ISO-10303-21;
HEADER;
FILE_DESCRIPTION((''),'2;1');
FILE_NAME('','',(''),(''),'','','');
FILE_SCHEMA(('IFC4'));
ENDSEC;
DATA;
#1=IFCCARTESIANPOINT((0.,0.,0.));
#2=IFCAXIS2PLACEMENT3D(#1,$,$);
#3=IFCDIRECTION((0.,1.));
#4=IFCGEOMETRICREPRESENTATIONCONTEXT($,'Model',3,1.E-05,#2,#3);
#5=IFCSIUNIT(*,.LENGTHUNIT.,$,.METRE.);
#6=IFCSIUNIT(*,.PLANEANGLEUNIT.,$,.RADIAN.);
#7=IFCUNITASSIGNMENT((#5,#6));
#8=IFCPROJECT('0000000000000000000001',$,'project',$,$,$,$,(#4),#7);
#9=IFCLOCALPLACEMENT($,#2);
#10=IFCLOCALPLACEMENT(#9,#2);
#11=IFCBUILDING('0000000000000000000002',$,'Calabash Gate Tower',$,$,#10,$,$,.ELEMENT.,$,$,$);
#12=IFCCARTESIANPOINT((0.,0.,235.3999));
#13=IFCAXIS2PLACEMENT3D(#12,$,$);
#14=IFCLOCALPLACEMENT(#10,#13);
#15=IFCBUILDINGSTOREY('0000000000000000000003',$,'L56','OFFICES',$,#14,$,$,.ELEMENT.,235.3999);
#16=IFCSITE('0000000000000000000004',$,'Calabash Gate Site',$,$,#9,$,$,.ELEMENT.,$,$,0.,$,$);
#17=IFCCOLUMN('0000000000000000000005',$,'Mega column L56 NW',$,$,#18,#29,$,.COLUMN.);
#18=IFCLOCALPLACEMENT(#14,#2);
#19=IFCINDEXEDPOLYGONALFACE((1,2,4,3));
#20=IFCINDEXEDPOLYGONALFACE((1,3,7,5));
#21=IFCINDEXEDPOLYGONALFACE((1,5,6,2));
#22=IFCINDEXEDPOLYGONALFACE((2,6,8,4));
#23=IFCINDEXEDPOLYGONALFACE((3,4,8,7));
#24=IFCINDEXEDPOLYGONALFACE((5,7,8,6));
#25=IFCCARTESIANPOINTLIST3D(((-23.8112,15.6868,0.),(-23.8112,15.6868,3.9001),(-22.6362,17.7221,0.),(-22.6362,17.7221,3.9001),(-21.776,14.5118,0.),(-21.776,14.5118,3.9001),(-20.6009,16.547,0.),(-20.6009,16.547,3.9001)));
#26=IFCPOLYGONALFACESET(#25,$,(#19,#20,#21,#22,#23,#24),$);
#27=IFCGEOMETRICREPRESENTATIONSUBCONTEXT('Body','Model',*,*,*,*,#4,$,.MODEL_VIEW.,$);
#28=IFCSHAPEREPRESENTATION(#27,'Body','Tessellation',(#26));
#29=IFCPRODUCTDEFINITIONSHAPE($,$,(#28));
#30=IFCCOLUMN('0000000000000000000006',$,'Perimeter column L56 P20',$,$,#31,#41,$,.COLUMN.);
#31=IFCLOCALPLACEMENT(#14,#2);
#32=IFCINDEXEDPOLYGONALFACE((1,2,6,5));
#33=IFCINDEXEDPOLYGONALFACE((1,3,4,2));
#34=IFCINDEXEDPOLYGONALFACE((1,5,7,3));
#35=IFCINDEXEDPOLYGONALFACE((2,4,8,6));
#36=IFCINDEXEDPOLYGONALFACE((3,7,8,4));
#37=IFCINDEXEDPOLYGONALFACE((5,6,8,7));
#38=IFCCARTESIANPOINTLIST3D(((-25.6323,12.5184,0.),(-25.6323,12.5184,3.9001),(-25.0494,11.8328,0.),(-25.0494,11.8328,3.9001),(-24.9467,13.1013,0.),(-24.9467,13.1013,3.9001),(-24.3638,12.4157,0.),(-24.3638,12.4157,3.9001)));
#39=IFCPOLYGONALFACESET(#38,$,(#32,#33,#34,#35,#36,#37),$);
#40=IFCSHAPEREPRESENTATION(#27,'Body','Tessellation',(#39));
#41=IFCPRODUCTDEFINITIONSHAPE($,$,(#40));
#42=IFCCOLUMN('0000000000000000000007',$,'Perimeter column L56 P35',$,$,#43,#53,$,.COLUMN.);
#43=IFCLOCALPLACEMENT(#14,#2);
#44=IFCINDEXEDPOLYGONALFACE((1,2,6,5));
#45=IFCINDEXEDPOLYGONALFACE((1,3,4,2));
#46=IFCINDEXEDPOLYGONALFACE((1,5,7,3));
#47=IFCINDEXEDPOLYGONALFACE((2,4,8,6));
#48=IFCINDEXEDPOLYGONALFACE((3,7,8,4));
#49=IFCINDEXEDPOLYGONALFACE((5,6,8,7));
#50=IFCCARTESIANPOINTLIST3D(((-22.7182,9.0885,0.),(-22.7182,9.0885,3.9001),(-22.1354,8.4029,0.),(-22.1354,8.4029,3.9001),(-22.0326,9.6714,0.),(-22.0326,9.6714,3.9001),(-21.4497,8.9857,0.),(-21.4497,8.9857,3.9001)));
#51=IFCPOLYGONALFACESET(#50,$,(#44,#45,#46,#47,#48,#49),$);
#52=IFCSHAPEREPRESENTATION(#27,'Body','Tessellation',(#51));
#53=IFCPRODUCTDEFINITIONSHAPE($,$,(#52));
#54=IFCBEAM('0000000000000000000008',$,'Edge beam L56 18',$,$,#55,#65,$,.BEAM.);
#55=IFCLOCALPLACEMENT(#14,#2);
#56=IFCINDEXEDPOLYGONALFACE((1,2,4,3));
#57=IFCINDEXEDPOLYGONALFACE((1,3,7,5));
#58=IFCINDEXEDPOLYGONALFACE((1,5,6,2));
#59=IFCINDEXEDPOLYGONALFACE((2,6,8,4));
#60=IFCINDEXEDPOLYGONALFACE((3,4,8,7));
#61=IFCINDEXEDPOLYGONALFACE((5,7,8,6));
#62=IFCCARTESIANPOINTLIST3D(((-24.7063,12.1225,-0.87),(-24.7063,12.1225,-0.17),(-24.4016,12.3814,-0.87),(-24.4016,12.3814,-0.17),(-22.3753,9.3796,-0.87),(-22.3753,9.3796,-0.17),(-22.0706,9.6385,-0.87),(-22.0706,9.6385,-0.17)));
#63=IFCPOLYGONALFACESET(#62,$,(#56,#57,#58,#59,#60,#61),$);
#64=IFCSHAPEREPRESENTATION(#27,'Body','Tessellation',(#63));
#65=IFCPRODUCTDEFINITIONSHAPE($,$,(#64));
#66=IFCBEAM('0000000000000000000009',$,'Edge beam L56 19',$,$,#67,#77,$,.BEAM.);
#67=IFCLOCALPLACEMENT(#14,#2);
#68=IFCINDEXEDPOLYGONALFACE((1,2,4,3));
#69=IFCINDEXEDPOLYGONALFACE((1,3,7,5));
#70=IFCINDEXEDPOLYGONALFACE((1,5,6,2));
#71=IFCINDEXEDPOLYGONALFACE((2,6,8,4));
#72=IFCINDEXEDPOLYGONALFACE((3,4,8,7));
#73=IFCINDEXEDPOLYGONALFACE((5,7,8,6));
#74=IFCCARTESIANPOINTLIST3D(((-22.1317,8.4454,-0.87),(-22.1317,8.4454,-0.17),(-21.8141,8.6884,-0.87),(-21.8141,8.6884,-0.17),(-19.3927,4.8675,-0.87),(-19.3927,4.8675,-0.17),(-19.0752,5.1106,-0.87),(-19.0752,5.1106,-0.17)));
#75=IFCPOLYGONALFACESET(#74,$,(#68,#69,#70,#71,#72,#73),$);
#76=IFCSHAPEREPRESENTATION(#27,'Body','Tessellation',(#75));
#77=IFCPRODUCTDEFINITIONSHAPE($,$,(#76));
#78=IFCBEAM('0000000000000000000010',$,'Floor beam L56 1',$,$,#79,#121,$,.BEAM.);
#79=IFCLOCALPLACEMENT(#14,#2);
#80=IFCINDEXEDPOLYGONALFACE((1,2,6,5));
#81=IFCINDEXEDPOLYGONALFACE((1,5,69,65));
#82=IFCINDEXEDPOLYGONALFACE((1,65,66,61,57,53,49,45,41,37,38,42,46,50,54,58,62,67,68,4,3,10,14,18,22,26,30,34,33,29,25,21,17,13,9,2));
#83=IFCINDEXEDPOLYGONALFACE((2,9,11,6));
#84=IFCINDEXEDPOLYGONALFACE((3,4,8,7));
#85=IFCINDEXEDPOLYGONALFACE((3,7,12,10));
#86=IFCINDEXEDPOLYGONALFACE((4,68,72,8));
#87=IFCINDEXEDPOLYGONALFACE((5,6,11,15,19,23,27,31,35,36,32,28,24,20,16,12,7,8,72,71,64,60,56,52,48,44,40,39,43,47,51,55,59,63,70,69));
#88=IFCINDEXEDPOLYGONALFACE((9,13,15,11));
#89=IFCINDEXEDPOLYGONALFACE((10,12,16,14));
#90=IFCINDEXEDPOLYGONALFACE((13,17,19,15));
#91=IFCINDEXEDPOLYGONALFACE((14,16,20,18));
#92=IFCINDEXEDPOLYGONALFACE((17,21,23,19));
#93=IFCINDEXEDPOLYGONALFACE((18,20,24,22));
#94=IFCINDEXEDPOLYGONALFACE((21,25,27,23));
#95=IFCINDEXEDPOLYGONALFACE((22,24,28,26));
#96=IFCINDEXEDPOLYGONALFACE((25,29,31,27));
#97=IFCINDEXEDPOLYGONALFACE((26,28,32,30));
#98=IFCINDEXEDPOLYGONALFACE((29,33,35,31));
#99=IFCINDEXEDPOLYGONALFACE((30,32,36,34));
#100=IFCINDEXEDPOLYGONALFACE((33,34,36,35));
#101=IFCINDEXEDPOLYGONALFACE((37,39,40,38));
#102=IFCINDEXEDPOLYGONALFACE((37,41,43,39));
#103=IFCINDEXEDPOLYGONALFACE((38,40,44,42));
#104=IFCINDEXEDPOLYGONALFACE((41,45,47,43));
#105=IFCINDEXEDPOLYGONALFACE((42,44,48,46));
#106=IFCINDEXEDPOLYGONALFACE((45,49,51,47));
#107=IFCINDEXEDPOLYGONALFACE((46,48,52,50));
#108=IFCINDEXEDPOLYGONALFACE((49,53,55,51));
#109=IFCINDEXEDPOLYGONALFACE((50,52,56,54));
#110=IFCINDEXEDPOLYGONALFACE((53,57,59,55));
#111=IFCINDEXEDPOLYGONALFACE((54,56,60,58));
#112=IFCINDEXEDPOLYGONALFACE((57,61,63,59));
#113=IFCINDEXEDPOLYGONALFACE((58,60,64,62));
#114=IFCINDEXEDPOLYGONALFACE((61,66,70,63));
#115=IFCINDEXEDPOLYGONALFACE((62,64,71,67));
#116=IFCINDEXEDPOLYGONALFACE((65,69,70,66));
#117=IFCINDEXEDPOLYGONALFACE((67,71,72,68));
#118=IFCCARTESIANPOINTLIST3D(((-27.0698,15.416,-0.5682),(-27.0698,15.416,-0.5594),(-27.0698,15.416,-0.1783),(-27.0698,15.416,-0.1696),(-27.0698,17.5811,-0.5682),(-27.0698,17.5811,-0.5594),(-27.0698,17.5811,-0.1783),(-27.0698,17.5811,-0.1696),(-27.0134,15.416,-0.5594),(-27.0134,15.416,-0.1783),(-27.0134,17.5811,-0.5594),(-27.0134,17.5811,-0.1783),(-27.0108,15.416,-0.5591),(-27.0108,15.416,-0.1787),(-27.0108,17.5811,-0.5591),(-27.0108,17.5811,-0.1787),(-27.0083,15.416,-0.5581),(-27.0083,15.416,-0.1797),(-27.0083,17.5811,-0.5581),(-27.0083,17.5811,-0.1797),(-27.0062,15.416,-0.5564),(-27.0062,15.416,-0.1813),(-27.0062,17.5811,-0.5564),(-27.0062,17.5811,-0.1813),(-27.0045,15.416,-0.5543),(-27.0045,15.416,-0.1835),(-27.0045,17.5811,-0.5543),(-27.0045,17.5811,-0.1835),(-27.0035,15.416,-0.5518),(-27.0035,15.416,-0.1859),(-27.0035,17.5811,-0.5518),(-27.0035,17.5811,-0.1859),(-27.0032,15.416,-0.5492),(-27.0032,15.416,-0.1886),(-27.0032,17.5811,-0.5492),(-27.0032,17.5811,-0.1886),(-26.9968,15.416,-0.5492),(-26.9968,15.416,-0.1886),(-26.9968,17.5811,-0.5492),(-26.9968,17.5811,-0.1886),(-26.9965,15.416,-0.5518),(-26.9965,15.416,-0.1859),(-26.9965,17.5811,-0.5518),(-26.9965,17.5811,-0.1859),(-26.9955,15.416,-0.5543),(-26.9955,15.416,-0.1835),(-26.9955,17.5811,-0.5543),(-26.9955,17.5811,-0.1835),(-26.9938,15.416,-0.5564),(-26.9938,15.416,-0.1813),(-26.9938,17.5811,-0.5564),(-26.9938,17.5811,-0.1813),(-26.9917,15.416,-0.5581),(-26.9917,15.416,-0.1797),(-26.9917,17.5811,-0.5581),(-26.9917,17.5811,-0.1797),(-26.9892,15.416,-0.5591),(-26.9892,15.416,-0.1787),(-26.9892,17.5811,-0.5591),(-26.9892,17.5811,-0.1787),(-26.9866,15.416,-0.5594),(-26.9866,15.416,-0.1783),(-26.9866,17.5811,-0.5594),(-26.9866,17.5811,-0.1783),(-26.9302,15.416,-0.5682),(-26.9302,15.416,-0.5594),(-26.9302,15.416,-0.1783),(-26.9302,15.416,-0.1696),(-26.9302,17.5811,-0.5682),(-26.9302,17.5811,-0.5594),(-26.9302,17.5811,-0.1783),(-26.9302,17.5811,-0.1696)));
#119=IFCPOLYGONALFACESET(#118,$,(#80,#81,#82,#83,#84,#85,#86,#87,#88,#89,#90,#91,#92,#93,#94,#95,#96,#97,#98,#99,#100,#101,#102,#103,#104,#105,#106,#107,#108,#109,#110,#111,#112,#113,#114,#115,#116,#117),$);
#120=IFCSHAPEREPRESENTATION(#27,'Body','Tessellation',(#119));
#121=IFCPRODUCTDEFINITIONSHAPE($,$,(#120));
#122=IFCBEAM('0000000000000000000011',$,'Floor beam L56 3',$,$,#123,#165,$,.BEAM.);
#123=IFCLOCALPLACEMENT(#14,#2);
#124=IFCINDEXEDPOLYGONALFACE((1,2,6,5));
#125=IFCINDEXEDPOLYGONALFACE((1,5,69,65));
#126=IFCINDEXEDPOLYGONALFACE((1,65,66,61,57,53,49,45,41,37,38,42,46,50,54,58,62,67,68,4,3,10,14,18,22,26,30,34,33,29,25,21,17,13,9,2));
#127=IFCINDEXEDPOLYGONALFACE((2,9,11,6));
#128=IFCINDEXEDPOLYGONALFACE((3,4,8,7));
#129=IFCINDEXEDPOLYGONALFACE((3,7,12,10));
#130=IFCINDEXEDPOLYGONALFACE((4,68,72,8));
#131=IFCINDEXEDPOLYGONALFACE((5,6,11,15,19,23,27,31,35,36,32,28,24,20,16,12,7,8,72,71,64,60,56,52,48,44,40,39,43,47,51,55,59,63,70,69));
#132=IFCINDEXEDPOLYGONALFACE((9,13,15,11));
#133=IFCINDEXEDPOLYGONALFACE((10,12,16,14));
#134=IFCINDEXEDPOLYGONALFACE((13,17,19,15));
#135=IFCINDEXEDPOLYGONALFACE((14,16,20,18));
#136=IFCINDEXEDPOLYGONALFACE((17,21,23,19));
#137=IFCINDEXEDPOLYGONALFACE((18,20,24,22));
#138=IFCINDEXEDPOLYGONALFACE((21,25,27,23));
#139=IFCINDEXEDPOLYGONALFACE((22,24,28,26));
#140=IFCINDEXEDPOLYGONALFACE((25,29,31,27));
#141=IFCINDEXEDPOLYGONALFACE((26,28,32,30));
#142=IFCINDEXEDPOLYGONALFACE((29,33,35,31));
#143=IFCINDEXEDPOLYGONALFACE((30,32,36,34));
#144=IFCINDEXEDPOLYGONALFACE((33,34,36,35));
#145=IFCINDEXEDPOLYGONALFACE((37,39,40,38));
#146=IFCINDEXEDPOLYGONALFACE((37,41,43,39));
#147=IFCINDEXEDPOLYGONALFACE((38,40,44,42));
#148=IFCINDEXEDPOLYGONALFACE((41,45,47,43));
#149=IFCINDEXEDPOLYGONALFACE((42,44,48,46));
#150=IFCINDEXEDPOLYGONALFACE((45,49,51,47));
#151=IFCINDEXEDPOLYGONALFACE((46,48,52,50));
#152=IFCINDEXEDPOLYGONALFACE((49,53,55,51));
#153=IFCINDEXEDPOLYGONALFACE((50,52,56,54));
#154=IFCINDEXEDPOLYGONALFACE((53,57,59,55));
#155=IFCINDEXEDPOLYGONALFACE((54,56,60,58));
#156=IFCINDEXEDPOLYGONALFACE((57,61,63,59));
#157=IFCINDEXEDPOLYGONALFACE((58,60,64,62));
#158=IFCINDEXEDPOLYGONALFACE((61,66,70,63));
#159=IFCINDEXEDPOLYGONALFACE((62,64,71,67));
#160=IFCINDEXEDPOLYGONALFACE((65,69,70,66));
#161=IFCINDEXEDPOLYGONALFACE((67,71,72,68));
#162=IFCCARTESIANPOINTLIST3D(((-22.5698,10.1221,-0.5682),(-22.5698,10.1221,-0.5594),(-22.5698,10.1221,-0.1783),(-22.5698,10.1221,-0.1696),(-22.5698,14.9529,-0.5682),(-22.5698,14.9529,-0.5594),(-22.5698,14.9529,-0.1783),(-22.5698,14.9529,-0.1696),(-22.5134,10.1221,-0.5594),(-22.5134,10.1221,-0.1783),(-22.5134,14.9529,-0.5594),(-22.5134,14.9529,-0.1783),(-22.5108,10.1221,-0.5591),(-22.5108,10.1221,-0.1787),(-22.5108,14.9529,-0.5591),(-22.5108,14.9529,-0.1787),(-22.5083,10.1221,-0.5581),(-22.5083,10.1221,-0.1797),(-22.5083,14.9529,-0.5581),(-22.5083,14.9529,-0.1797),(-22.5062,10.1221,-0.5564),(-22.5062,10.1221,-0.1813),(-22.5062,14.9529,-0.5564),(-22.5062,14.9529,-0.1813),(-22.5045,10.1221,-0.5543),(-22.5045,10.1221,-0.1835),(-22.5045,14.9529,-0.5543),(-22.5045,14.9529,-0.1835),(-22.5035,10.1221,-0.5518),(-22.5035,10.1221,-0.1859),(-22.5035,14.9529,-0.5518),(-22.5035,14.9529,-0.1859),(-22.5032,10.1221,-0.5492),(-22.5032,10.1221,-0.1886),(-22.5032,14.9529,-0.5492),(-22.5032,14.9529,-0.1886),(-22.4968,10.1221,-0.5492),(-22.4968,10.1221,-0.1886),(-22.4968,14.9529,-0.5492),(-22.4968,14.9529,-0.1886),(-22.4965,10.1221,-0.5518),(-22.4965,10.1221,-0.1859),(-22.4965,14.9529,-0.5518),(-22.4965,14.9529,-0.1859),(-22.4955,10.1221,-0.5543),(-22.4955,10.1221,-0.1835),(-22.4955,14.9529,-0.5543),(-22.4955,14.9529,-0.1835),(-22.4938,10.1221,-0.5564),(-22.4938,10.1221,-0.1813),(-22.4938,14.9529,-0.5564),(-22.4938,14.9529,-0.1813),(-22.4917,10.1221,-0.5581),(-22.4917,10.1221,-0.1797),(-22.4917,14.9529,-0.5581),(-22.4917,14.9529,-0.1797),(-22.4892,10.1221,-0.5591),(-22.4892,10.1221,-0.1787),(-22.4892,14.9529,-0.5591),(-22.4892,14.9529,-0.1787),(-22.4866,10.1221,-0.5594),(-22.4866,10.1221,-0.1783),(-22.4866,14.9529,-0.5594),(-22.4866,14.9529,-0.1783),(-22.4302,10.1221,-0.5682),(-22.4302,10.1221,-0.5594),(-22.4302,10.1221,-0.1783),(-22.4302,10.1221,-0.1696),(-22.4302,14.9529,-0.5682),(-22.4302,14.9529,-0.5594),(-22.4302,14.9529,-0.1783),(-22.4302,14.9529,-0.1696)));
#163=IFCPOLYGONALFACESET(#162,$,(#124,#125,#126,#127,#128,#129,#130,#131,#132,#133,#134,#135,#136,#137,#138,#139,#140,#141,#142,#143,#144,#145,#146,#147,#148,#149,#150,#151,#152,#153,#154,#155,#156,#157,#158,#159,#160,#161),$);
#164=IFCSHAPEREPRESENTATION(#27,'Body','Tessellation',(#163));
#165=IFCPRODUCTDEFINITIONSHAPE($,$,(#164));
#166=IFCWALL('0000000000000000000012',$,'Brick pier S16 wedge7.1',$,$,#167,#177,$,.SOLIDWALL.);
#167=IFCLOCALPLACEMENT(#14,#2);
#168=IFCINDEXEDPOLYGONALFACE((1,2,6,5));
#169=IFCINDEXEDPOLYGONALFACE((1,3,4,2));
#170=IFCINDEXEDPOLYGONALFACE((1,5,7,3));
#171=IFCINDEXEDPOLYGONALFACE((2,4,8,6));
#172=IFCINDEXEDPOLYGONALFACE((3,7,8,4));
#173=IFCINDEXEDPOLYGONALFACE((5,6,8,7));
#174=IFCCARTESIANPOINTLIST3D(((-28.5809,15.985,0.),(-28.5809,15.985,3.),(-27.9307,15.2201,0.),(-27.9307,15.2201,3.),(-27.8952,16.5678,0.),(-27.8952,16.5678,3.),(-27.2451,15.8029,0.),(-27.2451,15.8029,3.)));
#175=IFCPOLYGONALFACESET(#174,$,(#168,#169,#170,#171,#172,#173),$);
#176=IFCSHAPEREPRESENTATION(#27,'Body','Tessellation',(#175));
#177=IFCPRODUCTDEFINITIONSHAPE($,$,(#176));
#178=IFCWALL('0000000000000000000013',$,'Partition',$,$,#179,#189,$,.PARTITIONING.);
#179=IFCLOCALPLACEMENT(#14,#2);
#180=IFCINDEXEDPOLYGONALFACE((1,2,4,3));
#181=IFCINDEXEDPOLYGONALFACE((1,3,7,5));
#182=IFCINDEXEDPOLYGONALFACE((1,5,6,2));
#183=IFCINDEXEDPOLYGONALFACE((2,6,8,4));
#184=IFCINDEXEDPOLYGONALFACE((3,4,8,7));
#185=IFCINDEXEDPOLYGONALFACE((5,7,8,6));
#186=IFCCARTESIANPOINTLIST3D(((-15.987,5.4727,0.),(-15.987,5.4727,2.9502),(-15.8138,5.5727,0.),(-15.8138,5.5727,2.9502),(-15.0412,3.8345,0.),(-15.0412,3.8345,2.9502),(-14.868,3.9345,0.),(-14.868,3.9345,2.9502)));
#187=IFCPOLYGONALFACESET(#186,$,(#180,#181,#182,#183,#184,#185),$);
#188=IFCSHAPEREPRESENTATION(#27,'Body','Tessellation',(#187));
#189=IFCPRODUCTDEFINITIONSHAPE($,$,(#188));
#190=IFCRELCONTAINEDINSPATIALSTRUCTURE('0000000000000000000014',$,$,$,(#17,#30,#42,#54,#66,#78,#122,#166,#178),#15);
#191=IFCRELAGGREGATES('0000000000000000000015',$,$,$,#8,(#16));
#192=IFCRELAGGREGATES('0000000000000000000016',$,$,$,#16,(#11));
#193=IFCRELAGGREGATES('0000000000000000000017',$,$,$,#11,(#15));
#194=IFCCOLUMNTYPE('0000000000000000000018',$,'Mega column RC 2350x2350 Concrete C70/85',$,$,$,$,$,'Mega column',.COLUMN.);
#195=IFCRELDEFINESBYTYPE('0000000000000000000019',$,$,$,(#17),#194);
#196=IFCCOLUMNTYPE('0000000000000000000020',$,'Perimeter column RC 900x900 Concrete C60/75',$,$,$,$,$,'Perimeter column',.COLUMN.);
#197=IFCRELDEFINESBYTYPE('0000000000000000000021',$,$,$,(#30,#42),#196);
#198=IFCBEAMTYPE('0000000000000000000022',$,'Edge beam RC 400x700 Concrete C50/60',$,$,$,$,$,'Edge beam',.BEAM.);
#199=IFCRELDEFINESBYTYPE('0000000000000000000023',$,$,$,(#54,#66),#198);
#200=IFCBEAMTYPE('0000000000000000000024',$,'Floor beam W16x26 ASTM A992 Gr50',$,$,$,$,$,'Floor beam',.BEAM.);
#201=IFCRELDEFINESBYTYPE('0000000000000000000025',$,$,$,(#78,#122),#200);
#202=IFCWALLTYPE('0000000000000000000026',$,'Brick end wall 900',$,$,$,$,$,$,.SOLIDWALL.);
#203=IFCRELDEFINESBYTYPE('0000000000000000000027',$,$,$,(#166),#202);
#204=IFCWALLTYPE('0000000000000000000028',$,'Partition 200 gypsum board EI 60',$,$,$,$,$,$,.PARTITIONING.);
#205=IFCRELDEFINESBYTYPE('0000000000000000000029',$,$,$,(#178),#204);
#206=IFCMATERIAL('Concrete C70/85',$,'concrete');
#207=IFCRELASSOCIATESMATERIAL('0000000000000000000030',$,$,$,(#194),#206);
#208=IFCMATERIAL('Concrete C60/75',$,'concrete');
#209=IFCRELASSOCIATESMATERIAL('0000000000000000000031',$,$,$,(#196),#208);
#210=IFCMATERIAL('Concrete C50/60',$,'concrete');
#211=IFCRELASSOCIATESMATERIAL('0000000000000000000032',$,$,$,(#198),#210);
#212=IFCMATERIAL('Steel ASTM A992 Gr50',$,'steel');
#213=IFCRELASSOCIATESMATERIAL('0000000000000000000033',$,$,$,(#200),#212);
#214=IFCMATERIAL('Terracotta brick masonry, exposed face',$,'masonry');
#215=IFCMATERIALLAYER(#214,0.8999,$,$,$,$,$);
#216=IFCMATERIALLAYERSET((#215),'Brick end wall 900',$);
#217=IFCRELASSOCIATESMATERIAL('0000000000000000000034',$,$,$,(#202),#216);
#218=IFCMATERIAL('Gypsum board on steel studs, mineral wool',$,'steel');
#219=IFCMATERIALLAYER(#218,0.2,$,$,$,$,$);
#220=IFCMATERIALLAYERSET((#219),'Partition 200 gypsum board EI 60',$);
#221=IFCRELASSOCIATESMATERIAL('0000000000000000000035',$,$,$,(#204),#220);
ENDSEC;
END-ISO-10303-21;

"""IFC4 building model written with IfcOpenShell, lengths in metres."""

from ifc_helpers import new_model, si_unit, direction, frame, frame_2d, origin, origin_2d, place, context, subcontext, project, spatial, rectangle, i_section, extrude, material, layer, layer_set, material_profile, profile_set, type_object, element, save


model = new_model("IFC4")

# Units and contexts
model_context = context("Model", 3, precision=1e-05, world=origin(), true_north=direction((0.0, 1.0)))
body_context = subcontext(model_context, "Body", "Model", "MODEL_VIEW")
ifc_project = project(units=[si_unit("LENGTHUNIT", "METRE"), si_unit("PLANEANGLEUNIT", "RADIAN")], contexts=[model_context])

# Site, building, storey
site_placement = place(None, origin())
site = spatial("IfcSite", under=ifc_project, at=site_placement, Name="Calabash Gate Site", CompositionType="ELEMENT", RefElevation=0.0)
building_placement = place(site_placement, origin())
building = spatial("IfcBuilding", under=site, at=building_placement, Name="Calabash Gate Tower", CompositionType="ELEMENT")
storey_placement = place(building_placement, frame((0.0, 0.0, 235.3999)))
storey = spatial("IfcBuildingStorey", under=building, at=storey_placement, Name="L56", Description="OFFICES", CompositionType="ELEMENT", Elevation=235.3999)

# Columns
ifc_material_1 = material(Name="Concrete C70/85", Category="concrete")
ifc_material_profile_1 = material_profile(ifc_material_1, rectangle(XDim=2.3501, YDim=2.3501, at=origin_2d()))
ifc_profile_set_1 = profile_set([ifc_material_profile_1], Name="Concrete C70/85")
column_type_1 = type_object("IfcColumnType", Name="Mega column RC 2350x2350 Concrete C70/85", ElementType="Mega column", PredefinedType="COLUMN", material=ifc_profile_set_1)
column_placement = place(storey_placement, frame((-22.2061, 16.1169, 0.0), z_axis=(0.0, 0.0, 1.0), x_axis=(0.866025, -0.5, 0.0)))
element("IfcColumn", 1, at=column_placement, inside=storey, type_object=column_type_1, Name="Mega column L56 NW", PredefinedType="COLUMN", context=body_context, shape_type="SweptSolid", body=[
    extrude(rectangle(XDim=2.3501, YDim=2.3501, at=origin_2d()), origin(), (0.0, 0.0, 1.0), 3.9001),
])
ifc_material_2 = material(Name="Concrete C60/75", Category="concrete")
ifc_material_profile_2 = material_profile(ifc_material_2, rectangle(XDim=0.8999, YDim=0.8999, at=origin_2d()))
ifc_profile_set_2 = profile_set([ifc_material_profile_2], Name="Concrete C60/75")
column_type_2 = type_object("IfcColumnType", Name="Perimeter column RC 900x900 Concrete C60/75", ElementType="Perimeter column", PredefinedType="COLUMN", material=ifc_profile_set_2)
for number, where, z_axis, x_axis, name in (
    (2, (-24.998, 12.467, 0.0), (0.0, 0.0, 1.0), (0.647704, -0.761892, 0.0), "Perimeter column L56 P20"),
    (3, (-22.084, 9.0371, 0.0), (0.0, 0.0, 1.0), (0.647704, -0.761892, 0.0), "Perimeter column L56 P35"),
):
    element("IfcColumn", number, at=place(storey_placement, frame(where, z_axis=z_axis, x_axis=x_axis)), inside=storey, type_object=column_type_2, Name=name, PredefinedType="COLUMN", context=body_context, shape_type="SweptSolid", body=[
        extrude(rectangle(XDim=0.8999, YDim=0.8999, at=origin_2d()), origin(), (0.0, 0.0, 1.0), 3.9001),
    ])

# Beams
ifc_material_3 = material(Name="Concrete C50/60", Category="concrete")
ifc_material_profile_3 = material_profile(ifc_material_3, rectangle(XDim=0.3999, YDim=0.7, at=origin_2d()))
ifc_profile_set_3 = profile_set([ifc_material_profile_3], Name="Concrete C50/60")
beam_type_1 = type_object("IfcBeamType", Name="Edge beam RC 400x700 Concrete C50/60", ElementType="Edge beam", PredefinedType="BEAM", material=ifc_profile_set_3)
beam_1_placement = place(storey_placement, frame((-24.554, 12.252, -0.52), z_axis=(0.64758, -0.761998, 0.0), x_axis=(0.761998, 0.64758, 0.0)))
element("IfcBeam", 4, at=beam_1_placement, inside=storey, type_object=beam_type_1, Name="Edge beam L56 18", PredefinedType="BEAM", context=body_context, shape_type="SweptSolid", body=[
    extrude(rectangle(XDim=0.3999, YDim=0.7, at=origin_2d()), origin(), (0.0, 0.0, 1.0), 3.5996),
])
beam_2_placement = place(storey_placement, frame((-21.9729, 8.5669, -0.52), z_axis=(0.607868, -0.794038, 0.0), x_axis=(0.794038, 0.607868, 0.0)))
element("IfcBeam", 5, at=beam_2_placement, inside=storey, type_object=beam_type_1, Name="Edge beam L56 19", PredefinedType="BEAM", context=body_context, shape_type="SweptSolid", body=[
    extrude(rectangle(XDim=0.3999, YDim=0.7, at=origin_2d()), origin(), (0.0, 0.0, 1.0), 4.5059),
])
ifc_material_4 = material(Name="Steel ASTM A992 Gr50", Category="steel")
ifc_material_profile_4 = material_profile(ifc_material_4, i_section(OverallWidth=0.1396, OverallDepth=0.3987, WebThickness=0.0063, FlangeThickness=0.0088, FilletRadius=0.0103, at=origin_2d()))
ifc_profile_set_4 = profile_set([ifc_material_profile_4], Name="Steel ASTM A992 Gr50")
beam_type_2 = type_object("IfcBeamType", Name="Floor beam W16x26 ASTM A992 Gr50", ElementType="Floor beam", PredefinedType="BEAM", material=ifc_profile_set_4)
beam_3_placement = place(storey_placement, frame((-27.0, 15.416, -0.3689), z_axis=(0.0, 1.0, 0.0), x_axis=(-1.0, 0.0, 0.0)))
element("IfcBeam", 6, at=beam_3_placement, inside=storey, type_object=beam_type_2, Name="Floor beam L56 1", PredefinedType="BEAM", context=body_context, shape_type="SweptSolid", body=[
    extrude(i_section(OverallWidth=0.1396, OverallDepth=0.3987, WebThickness=0.0063, FlangeThickness=0.0088, FilletRadius=0.0103, at=origin_2d()), origin(), (0.0, 0.0, 1.0), 2.165),
])
beam_4_placement = place(storey_placement, frame((-22.5, 10.1221, -0.3689), z_axis=(0.0, 1.0, 0.0), x_axis=(-1.0, 0.0, 0.0)))
element("IfcBeam", 7, at=beam_4_placement, inside=storey, type_object=beam_type_2, Name="Floor beam L56 3", PredefinedType="BEAM", context=body_context, shape_type="SweptSolid", body=[
    extrude(i_section(OverallWidth=0.1396, OverallDepth=0.3987, WebThickness=0.0063, FlangeThickness=0.0088, FilletRadius=0.0103, at=origin_2d()), origin(), (0.0, 0.0, 1.0), 4.8308),
])

# Walls
ifc_material_5 = material(Name="Terracotta brick masonry, exposed face", Category="masonry")
ifc_layer_1 = layer(ifc_material_5, 0.8999)
ifc_layer_set_1 = layer_set([ifc_layer_1], Name="Brick end wall 900")
wall_type_1 = type_object("IfcWallType", Name="Brick end wall 900", PredefinedType="SOLIDWALL", material=ifc_layer_set_1)
wall_1_placement = place(storey_placement, frame((-27.5879, 15.5115, 0.0), z_axis=(0.0, 0.0, 1.0), x_axis=(-0.647641, 0.761945, 0.0)))
element("IfcWall", 8, at=wall_1_placement, inside=storey, type_object=wall_type_1, Name="Brick pier S16 wedge7.1", PredefinedType="SOLIDWALL", context=body_context, shape_type="SweptSolid", body=[
    extrude(rectangle(XDim=1.0039, YDim=0.8999, at=frame_2d((0.502, 0.0))), origin(), (0.0, 0.0, 1.0), 3.0),
])
ifc_material_6 = material(Name="Gypsum board on steel studs, mineral wool", Category="steel")
ifc_layer_2 = layer(ifc_material_6, 0.2)
ifc_layer_set_2 = layer_set([ifc_layer_2], Name="Partition 200 gypsum board EI 60")
wall_type_2 = type_object("IfcWallType", Name="Partition 200 gypsum board EI 60", PredefinedType="PARTITIONING", material=ifc_layer_set_2)
wall_2_placement = place(storey_placement, frame((-15.9004, 5.5227, 0.0), z_axis=(0.0, 0.0, 1.0), x_axis=(0.499998, -0.866027, 0.0)))
element("IfcWall", 9, at=wall_2_placement, inside=storey, type_object=wall_type_2, Name="Partition", PredefinedType="PARTITIONING", context=body_context, shape_type="SweptSolid", body=[
    extrude(rectangle(XDim=1.8916, YDim=0.2, at=frame_2d((0.9458, 0.0))), origin(), (0.0, 0.0, 1.0), 2.9502),
])

save(model, "model.ifc")
